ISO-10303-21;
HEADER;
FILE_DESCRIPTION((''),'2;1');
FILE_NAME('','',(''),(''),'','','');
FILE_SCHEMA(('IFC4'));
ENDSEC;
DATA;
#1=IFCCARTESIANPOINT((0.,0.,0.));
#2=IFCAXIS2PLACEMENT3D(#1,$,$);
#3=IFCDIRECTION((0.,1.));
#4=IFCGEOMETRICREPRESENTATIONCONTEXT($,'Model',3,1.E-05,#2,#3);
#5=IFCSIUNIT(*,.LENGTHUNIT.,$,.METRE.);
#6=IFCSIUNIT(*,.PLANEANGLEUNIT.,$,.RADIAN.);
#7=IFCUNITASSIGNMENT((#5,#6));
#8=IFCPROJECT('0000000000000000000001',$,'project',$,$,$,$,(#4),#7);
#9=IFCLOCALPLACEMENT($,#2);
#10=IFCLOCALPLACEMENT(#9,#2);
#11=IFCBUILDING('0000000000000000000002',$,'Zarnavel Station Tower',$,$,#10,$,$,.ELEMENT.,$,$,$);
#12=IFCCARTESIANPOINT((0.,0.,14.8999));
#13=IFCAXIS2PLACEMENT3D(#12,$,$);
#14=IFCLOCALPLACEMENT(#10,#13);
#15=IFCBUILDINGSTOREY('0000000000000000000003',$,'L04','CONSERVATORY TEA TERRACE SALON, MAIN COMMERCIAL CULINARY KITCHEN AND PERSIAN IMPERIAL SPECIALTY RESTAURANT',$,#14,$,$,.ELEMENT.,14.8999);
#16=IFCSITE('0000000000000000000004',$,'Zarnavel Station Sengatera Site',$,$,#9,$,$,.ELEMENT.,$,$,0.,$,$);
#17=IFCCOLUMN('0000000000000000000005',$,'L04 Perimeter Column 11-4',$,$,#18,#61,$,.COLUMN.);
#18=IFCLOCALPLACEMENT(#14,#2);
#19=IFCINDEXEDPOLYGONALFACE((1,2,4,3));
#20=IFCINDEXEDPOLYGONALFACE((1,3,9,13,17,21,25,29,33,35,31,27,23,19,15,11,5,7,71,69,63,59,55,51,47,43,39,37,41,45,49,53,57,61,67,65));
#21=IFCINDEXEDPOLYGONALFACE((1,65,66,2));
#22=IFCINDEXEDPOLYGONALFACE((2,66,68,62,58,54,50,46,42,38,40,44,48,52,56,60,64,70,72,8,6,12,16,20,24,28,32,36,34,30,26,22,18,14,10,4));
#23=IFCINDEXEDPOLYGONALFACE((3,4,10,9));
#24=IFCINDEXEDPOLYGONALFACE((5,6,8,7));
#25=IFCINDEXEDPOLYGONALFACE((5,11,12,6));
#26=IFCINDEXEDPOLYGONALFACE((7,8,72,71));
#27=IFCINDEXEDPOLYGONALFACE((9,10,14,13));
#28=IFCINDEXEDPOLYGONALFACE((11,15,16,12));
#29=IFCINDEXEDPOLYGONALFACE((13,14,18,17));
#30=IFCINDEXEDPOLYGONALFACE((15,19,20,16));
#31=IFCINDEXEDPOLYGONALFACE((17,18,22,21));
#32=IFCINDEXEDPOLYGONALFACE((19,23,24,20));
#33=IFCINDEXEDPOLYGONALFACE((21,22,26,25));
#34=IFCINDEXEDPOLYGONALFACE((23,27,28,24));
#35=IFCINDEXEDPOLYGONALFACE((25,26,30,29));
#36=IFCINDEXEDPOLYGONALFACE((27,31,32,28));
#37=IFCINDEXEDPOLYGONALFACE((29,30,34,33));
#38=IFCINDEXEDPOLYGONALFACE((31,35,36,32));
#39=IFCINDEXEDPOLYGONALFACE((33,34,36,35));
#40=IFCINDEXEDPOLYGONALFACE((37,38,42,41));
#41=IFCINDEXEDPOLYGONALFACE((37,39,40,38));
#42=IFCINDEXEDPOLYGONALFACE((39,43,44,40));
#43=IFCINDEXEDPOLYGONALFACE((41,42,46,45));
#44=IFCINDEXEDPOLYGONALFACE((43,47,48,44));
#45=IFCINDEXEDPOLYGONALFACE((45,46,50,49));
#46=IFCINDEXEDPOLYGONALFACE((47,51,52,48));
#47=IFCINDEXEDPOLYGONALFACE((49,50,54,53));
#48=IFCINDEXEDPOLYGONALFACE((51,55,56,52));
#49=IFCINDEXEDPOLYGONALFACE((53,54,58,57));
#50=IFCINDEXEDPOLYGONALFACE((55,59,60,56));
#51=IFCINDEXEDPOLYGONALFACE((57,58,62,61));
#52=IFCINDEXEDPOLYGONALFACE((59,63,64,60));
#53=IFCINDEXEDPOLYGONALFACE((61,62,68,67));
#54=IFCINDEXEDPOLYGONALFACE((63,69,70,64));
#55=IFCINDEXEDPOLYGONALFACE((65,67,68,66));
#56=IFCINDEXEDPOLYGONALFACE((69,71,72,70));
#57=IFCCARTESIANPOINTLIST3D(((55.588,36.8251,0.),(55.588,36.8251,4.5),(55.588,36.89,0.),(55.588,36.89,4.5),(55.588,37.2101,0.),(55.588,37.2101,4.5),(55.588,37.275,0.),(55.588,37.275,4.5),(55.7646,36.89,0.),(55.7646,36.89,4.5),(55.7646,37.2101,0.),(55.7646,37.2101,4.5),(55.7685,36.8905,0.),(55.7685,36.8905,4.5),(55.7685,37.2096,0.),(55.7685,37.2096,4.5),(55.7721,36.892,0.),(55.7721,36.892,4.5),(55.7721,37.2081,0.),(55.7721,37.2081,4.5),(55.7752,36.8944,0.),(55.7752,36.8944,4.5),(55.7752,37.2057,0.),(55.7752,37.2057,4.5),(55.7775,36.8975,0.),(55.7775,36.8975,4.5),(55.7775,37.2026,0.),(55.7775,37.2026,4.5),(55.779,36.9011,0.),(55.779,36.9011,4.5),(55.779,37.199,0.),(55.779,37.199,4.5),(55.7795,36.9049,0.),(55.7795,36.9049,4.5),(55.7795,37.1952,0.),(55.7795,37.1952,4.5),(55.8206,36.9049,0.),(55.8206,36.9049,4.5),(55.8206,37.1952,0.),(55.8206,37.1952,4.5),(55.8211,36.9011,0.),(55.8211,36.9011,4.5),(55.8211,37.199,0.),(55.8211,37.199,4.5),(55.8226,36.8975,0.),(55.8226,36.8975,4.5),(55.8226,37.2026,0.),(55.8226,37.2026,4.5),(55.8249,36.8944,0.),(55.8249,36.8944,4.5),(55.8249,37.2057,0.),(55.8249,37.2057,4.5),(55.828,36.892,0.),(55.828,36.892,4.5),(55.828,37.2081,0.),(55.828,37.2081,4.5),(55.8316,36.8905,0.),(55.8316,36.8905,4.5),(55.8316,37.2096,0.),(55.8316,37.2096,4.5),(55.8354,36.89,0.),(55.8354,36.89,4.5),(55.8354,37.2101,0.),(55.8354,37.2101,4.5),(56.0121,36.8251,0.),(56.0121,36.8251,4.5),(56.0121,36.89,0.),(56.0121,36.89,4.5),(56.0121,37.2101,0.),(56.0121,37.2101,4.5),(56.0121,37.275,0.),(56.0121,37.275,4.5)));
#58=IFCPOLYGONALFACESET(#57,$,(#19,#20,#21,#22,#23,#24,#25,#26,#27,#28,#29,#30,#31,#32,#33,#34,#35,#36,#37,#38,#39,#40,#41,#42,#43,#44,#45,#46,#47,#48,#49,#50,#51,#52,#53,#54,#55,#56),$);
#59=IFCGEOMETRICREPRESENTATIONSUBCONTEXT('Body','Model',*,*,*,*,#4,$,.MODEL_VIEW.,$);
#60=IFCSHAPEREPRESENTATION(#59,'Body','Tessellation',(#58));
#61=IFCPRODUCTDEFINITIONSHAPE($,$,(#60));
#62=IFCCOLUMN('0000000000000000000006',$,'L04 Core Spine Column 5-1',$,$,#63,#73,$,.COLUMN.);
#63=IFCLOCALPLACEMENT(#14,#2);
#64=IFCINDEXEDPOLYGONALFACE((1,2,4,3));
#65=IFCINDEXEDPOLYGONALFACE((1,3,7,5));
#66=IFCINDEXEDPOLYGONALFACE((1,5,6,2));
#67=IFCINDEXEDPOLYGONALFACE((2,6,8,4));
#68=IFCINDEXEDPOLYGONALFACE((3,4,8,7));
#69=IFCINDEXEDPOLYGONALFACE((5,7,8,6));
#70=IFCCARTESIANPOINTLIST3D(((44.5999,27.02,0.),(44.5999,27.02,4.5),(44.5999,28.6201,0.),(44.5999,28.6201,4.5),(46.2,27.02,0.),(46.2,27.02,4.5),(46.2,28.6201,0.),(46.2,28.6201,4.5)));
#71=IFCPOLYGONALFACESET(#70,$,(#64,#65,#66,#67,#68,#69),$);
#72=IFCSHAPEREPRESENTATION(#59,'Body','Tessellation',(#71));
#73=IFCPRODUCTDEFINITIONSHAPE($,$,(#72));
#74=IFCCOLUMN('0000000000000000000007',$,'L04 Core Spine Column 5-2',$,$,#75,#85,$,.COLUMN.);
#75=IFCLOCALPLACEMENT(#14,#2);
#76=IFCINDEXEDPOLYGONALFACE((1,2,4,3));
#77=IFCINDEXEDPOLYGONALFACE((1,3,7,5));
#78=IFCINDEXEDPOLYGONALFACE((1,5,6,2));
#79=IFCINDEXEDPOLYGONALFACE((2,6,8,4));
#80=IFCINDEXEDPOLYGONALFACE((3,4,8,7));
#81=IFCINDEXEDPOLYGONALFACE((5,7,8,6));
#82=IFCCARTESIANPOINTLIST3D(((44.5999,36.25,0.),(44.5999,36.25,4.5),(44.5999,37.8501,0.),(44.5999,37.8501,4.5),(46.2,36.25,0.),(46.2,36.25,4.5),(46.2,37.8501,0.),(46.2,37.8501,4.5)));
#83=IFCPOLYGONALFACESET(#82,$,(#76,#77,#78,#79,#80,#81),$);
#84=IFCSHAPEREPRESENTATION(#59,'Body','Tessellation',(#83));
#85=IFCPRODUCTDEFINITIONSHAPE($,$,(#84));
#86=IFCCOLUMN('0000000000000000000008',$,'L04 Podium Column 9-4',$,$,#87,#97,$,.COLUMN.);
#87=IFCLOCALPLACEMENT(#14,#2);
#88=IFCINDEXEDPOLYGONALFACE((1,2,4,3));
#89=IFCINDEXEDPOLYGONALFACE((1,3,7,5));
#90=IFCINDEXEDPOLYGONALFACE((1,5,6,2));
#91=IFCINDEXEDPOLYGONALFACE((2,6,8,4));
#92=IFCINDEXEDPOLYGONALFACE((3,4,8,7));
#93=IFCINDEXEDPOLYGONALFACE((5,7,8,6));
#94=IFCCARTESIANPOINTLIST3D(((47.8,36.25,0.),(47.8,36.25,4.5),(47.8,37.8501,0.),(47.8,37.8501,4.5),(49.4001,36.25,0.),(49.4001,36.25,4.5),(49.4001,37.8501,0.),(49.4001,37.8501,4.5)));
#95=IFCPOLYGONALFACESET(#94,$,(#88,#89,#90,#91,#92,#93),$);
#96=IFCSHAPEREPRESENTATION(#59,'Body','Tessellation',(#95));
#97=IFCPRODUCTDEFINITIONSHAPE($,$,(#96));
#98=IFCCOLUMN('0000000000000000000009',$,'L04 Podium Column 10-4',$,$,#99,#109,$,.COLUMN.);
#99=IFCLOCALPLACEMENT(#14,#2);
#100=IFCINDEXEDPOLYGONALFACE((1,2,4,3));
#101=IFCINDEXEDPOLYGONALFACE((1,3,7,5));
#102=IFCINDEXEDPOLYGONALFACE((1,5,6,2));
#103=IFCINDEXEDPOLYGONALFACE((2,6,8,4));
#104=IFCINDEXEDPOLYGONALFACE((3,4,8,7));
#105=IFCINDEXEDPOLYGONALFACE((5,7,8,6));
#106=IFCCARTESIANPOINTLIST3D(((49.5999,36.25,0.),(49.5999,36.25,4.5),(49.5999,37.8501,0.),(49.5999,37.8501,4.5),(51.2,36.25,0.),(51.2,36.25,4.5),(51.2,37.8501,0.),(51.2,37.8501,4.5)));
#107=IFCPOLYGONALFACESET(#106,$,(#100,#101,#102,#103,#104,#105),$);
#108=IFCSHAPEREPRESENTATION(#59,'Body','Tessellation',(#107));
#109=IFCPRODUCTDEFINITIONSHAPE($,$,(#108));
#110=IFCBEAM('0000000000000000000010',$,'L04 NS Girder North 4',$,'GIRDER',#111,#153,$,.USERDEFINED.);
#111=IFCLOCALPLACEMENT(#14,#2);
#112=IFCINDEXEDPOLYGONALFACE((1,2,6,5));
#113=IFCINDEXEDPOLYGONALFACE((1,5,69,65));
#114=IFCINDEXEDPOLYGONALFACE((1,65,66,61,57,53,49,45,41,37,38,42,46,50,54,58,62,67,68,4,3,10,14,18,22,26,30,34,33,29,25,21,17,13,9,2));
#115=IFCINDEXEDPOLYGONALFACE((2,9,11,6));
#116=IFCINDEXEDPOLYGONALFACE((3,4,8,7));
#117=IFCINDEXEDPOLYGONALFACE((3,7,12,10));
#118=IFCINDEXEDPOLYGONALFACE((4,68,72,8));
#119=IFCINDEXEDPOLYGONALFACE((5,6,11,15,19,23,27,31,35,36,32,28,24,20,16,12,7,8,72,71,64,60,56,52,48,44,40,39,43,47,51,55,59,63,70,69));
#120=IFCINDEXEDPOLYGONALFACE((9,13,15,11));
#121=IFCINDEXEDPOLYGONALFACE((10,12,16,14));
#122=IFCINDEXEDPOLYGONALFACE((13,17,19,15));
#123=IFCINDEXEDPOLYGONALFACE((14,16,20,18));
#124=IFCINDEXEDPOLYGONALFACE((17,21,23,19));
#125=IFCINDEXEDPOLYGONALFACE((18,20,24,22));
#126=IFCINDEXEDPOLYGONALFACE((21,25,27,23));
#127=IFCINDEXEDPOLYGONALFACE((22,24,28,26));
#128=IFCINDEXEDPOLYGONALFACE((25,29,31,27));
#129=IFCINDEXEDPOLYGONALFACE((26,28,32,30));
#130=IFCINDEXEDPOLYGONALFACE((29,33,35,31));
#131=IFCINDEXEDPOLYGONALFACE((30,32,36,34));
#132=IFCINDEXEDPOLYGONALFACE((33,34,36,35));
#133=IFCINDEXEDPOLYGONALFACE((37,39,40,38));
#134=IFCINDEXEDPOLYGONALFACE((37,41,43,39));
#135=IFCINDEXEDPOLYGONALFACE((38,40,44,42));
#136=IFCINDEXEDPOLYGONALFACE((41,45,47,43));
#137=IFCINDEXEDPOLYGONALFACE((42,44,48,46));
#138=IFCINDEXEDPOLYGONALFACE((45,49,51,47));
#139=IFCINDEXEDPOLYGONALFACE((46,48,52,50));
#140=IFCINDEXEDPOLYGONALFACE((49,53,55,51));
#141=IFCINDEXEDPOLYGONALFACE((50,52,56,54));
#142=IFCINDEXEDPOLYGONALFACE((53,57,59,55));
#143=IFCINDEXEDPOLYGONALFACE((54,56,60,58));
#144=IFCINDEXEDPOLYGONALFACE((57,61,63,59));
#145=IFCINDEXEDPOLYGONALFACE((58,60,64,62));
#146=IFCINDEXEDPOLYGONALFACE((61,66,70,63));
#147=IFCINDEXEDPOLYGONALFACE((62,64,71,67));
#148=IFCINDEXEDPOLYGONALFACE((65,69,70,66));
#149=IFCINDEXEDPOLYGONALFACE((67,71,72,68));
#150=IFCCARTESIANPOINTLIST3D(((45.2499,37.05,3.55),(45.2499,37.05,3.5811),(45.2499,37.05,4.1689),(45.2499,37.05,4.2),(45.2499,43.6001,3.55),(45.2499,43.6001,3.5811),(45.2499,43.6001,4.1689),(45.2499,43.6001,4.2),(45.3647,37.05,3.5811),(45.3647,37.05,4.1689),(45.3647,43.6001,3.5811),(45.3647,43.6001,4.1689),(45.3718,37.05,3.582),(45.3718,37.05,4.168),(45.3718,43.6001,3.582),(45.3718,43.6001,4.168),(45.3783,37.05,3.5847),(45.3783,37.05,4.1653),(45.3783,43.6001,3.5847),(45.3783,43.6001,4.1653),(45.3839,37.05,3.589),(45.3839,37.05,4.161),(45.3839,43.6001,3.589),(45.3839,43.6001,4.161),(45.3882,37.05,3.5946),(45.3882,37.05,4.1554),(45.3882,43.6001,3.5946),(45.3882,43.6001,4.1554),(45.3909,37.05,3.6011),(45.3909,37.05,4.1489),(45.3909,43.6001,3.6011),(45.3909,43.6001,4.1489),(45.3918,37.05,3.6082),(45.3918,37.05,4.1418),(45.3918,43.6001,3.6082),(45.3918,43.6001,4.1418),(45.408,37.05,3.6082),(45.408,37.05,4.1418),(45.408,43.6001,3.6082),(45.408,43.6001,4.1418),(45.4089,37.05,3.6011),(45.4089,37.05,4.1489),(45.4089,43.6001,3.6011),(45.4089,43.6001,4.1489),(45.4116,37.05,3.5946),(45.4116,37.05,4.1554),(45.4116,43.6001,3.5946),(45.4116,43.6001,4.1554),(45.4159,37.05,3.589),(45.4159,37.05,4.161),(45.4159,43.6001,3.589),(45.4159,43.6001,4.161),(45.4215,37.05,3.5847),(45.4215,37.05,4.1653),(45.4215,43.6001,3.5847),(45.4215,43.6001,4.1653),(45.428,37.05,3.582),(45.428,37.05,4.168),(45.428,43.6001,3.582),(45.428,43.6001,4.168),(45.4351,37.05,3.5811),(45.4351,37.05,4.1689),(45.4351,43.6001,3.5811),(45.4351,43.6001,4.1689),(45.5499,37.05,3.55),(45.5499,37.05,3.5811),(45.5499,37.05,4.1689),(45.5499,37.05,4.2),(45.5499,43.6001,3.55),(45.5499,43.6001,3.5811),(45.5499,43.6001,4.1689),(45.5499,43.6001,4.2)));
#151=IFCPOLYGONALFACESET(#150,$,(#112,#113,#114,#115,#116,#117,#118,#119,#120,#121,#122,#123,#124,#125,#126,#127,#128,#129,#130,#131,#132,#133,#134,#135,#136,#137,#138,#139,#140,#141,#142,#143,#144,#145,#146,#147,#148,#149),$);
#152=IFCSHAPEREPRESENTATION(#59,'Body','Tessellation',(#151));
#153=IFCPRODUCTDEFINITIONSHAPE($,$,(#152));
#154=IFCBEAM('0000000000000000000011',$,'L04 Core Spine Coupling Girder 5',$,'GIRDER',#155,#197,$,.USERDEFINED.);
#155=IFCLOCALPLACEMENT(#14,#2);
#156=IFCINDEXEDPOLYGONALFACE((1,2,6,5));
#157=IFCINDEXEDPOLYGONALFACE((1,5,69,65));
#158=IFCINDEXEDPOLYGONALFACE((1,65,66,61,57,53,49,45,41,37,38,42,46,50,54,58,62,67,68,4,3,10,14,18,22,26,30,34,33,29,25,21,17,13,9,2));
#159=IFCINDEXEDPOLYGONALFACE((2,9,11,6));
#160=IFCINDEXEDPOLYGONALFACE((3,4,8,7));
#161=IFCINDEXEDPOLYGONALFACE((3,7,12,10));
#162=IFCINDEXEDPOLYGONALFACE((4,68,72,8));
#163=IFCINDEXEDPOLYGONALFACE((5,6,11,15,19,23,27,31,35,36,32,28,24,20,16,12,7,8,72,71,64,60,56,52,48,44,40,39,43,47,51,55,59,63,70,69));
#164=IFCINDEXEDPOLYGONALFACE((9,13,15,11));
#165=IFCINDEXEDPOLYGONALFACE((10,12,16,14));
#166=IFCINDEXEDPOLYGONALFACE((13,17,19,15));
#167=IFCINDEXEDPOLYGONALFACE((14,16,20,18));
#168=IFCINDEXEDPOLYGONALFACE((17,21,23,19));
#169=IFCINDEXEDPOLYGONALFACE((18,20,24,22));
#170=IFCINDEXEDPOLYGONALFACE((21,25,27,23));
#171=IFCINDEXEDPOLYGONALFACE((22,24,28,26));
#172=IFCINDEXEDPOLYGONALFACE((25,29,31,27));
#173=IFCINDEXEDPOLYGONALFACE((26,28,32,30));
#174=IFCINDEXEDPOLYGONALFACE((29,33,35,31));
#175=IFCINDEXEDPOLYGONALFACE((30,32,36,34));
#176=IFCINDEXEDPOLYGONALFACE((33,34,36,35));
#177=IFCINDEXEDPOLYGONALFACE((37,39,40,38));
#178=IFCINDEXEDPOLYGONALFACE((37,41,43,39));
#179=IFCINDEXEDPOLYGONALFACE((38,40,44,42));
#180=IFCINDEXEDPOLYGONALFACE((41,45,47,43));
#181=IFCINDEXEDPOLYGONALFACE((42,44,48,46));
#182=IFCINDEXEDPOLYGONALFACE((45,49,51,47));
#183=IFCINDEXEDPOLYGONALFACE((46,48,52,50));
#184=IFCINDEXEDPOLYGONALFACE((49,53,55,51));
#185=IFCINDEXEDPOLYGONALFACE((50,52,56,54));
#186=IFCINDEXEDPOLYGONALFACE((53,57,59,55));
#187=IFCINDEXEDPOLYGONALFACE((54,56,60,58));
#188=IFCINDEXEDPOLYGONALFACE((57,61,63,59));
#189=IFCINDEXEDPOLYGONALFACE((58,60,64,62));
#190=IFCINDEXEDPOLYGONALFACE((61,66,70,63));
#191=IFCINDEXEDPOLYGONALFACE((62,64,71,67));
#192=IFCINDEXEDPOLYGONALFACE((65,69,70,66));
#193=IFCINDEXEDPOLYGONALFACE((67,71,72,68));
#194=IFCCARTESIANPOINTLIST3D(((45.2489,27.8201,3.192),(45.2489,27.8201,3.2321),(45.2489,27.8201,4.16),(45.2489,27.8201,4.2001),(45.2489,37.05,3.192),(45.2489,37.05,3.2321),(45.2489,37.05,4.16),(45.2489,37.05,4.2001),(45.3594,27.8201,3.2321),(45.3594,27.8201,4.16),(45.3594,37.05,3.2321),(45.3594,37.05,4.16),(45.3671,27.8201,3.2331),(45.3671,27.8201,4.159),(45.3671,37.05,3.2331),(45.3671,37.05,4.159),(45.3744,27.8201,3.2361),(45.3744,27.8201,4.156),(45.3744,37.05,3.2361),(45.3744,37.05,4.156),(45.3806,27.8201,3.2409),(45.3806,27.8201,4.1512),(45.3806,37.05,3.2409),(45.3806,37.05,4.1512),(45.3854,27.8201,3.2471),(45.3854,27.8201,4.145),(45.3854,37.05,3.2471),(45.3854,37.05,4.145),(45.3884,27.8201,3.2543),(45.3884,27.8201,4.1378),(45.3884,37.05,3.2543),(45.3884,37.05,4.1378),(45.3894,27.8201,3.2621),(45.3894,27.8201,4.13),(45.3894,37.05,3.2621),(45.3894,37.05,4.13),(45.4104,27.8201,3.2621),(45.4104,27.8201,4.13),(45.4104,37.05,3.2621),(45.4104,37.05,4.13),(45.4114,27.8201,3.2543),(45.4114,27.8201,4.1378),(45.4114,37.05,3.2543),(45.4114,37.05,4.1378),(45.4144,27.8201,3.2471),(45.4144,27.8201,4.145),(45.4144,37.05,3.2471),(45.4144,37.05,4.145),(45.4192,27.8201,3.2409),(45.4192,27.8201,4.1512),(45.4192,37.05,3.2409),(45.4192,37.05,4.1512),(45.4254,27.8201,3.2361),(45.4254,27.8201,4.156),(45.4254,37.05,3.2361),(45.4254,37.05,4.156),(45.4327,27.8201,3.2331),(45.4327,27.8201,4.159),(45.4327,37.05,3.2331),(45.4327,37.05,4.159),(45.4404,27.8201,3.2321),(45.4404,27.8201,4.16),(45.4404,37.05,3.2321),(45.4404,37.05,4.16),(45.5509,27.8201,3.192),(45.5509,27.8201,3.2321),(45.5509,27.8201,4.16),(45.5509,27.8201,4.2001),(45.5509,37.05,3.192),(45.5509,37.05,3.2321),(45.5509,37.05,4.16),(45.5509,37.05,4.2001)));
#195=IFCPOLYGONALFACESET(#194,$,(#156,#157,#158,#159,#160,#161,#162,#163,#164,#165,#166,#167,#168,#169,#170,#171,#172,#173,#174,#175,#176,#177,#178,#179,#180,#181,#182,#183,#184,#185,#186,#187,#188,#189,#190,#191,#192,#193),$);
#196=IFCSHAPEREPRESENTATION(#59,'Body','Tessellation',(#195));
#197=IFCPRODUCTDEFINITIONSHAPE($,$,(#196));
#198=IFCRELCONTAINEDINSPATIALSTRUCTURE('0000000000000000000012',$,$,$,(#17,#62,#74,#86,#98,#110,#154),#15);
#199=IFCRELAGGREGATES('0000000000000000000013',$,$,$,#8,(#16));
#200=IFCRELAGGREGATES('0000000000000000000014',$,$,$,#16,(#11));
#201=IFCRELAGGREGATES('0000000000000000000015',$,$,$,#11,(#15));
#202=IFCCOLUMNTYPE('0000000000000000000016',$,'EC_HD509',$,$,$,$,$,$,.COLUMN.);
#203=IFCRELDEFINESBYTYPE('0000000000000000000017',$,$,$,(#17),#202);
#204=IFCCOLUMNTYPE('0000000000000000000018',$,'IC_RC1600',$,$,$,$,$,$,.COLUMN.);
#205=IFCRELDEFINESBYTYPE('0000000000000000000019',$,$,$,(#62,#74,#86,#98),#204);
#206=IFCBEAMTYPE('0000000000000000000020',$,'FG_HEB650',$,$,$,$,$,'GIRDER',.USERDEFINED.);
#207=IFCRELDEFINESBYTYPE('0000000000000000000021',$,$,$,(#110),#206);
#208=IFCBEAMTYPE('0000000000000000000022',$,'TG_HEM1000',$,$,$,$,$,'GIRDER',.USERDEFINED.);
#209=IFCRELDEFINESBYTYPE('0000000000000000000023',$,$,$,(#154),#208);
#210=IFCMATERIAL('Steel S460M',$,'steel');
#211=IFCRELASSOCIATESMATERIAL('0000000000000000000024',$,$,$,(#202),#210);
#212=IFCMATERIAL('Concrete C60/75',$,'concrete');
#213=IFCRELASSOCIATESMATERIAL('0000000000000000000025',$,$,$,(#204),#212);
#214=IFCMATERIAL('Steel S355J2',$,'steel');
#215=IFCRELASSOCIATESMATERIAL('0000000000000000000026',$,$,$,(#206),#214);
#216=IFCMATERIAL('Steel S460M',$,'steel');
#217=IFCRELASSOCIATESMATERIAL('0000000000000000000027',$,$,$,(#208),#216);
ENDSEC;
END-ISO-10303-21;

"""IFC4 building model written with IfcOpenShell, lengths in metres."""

from ifc_helpers import new_model, si_unit, direction, frame, origin, origin_2d, place, context, subcontext, project, spatial, rectangle, i_section, extrude, material, material_profile, profile_set, type_object, element, save


model = new_model("IFC4")

# Units and contexts
model_context = context("Model", 3, precision=1e-05, world=origin(), true_north=direction((0.0, 1.0)))
body_context = subcontext(model_context, "Body", "Model", "MODEL_VIEW")
ifc_project = project(units=[si_unit("LENGTHUNIT", "METRE"), si_unit("PLANEANGLEUNIT", "RADIAN")], contexts=[model_context])

# Site, building, storey
site_placement = place(None, origin())
site = spatial("IfcSite", under=ifc_project, at=site_placement, Name="Zarnavel Station Sengatera Site", CompositionType="ELEMENT", RefElevation=0.0)
building_placement = place(site_placement, origin())
building = spatial("IfcBuilding", under=site, at=building_placement, Name="Zarnavel Station Tower", CompositionType="ELEMENT")
storey_placement = place(building_placement, frame((0.0, 0.0, 14.8999)))
storey = spatial("IfcBuildingStorey", under=building, at=storey_placement, Name="L04", Description="CONSERVATORY TEA TERRACE SALON, MAIN COMMERCIAL CULINARY KITCHEN AND PERSIAN IMPERIAL SPECIALTY RESTAURANT", CompositionType="ELEMENT", Elevation=14.8999)

# Columns
ifc_material_1 = material(Name="Steel S460M", Category="steel")
ifc_material_profile_1 = material_profile(ifc_material_1, i_section(OverallWidth=0.4241, OverallDepth=0.45, WebThickness=0.041, FlangeThickness=0.0649, FilletRadius=0.0149, at=origin_2d()), Name="HD400x509")
ifc_profile_set_1 = profile_set([ifc_material_profile_1], Name="Steel S460M")
column_type_1 = type_object("IfcColumnType", Name="EC_HD509", PredefinedType="COLUMN", material=ifc_profile_set_1)
column_placement = place(storey_placement, frame((55.8, 37.05, 0.0), z_axis=(0.0, 0.0, 1.0), x_axis=(1.0, 0.0, 0.0)))
element("IfcColumn", 1, at=column_placement, inside=storey, type_object=column_type_1, Name="L04 Perimeter Column 11-4", PredefinedType="COLUMN", context=body_context, shape_type="SweptSolid", body=[
    extrude(i_section(OverallWidth=0.4241, OverallDepth=0.45, WebThickness=0.041, FlangeThickness=0.0649, FilletRadius=0.0149, at=origin_2d()), origin(), (0.0, 0.0, 1.0), 4.5),
])
ifc_material_2 = material(Name="Concrete C60/75", Category="concrete")
ifc_material_profile_2 = material_profile(ifc_material_2, rectangle(XDim=1.6001, YDim=1.6001, at=origin_2d()), Name="RC1600x1600")
ifc_profile_set_2 = profile_set([ifc_material_profile_2], Name="Concrete C60/75")
column_type_2 = type_object("IfcColumnType", Name="IC_RC1600", PredefinedType="COLUMN", material=ifc_profile_set_2)
for number, where, z_axis, x_axis, name in (
    (2, (45.3999, 27.8201, 0.0), (0.0, 0.0, 1.0), (1.0, 0.0, 0.0), "L04 Core Spine Column 5-1"),
    (3, (45.3999, 37.05, 0.0), (0.0, 0.0, 1.0), (1.0, 0.0, 0.0), "L04 Core Spine Column 5-2"),
    (4, (48.6001, 37.05, 0.0), (0.0, 0.0, 1.0), (1.0, 0.0, 0.0), "L04 Podium Column 9-4"),
    (5, (50.3999, 37.05, 0.0), (0.0, 0.0, 1.0), (1.0, 0.0, 0.0), "L04 Podium Column 10-4"),
):
    element("IfcColumn", number, at=place(storey_placement, frame(where, z_axis=z_axis, x_axis=x_axis)), inside=storey, type_object=column_type_2, Name=name, PredefinedType="COLUMN", context=body_context, shape_type="SweptSolid", body=[
        extrude(rectangle(XDim=1.6001, YDim=1.6001, at=origin_2d()), origin(), (0.0, 0.0, 1.0), 4.5),
    ])

# Beams
ifc_material_3 = material(Name="Steel S355J2", Category="steel")
ifc_material_profile_3 = material_profile(ifc_material_3, i_section(OverallWidth=0.3, OverallDepth=0.6499, WebThickness=0.0161, FlangeThickness=0.031, FilletRadius=0.0271, at=origin_2d()), Name="HEB650")
ifc_profile_set_3 = profile_set([ifc_material_profile_3], Name="Steel S355J2")
beam_type_1 = type_object("IfcBeamType", Name="FG_HEB650", ElementType="GIRDER", PredefinedType="USERDEFINED", material=ifc_profile_set_3)
beam_1_placement = place(storey_placement, frame((45.3999, 37.05, 3.875), z_axis=(0.0, 1.0, 0.0), x_axis=(-1.0, 0.0, 0.0)))
element("IfcBeam", 6, at=beam_1_placement, inside=storey, type_object=beam_type_1, Name="L04 NS Girder North 4", ObjectType="GIRDER", PredefinedType="USERDEFINED", context=body_context, shape_type="SweptSolid", body=[
    extrude(i_section(OverallWidth=0.3, OverallDepth=0.6499, WebThickness=0.0161, FlangeThickness=0.031, FilletRadius=0.0271, at=origin_2d()), origin(), (0.0, 0.0, 1.0), 6.55),
])
ifc_material_4 = material(Name="Steel S460M", Category="steel")
ifc_material_profile_4 = material_profile(ifc_material_4, i_section(OverallWidth=0.302, OverallDepth=1.0081, WebThickness=0.021, FlangeThickness=0.04, FilletRadius=0.03, at=origin_2d()), Name="HEM1000")
ifc_profile_set_4 = profile_set([ifc_material_profile_4], Name="Steel S460M")
beam_type_2 = type_object("IfcBeamType", Name="TG_HEM1000", ElementType="GIRDER", PredefinedType="USERDEFINED", material=ifc_profile_set_4)
beam_2_placement = place(storey_placement, frame((45.3999, 27.8201, 3.696), z_axis=(0.0, 1.0, 0.0), x_axis=(-1.0, 0.0, 0.0)))
element("IfcBeam", 7, at=beam_2_placement, inside=storey, type_object=beam_type_2, Name="L04 Core Spine Coupling Girder 5", ObjectType="GIRDER", PredefinedType="USERDEFINED", context=body_context, shape_type="SweptSolid", body=[
    extrude(i_section(OverallWidth=0.302, OverallDepth=1.0081, WebThickness=0.021, FlangeThickness=0.04, FilletRadius=0.03, at=origin_2d()), origin(), (0.0, 0.0, 1.0), 9.23),
])

save(model, "model.ifc")
